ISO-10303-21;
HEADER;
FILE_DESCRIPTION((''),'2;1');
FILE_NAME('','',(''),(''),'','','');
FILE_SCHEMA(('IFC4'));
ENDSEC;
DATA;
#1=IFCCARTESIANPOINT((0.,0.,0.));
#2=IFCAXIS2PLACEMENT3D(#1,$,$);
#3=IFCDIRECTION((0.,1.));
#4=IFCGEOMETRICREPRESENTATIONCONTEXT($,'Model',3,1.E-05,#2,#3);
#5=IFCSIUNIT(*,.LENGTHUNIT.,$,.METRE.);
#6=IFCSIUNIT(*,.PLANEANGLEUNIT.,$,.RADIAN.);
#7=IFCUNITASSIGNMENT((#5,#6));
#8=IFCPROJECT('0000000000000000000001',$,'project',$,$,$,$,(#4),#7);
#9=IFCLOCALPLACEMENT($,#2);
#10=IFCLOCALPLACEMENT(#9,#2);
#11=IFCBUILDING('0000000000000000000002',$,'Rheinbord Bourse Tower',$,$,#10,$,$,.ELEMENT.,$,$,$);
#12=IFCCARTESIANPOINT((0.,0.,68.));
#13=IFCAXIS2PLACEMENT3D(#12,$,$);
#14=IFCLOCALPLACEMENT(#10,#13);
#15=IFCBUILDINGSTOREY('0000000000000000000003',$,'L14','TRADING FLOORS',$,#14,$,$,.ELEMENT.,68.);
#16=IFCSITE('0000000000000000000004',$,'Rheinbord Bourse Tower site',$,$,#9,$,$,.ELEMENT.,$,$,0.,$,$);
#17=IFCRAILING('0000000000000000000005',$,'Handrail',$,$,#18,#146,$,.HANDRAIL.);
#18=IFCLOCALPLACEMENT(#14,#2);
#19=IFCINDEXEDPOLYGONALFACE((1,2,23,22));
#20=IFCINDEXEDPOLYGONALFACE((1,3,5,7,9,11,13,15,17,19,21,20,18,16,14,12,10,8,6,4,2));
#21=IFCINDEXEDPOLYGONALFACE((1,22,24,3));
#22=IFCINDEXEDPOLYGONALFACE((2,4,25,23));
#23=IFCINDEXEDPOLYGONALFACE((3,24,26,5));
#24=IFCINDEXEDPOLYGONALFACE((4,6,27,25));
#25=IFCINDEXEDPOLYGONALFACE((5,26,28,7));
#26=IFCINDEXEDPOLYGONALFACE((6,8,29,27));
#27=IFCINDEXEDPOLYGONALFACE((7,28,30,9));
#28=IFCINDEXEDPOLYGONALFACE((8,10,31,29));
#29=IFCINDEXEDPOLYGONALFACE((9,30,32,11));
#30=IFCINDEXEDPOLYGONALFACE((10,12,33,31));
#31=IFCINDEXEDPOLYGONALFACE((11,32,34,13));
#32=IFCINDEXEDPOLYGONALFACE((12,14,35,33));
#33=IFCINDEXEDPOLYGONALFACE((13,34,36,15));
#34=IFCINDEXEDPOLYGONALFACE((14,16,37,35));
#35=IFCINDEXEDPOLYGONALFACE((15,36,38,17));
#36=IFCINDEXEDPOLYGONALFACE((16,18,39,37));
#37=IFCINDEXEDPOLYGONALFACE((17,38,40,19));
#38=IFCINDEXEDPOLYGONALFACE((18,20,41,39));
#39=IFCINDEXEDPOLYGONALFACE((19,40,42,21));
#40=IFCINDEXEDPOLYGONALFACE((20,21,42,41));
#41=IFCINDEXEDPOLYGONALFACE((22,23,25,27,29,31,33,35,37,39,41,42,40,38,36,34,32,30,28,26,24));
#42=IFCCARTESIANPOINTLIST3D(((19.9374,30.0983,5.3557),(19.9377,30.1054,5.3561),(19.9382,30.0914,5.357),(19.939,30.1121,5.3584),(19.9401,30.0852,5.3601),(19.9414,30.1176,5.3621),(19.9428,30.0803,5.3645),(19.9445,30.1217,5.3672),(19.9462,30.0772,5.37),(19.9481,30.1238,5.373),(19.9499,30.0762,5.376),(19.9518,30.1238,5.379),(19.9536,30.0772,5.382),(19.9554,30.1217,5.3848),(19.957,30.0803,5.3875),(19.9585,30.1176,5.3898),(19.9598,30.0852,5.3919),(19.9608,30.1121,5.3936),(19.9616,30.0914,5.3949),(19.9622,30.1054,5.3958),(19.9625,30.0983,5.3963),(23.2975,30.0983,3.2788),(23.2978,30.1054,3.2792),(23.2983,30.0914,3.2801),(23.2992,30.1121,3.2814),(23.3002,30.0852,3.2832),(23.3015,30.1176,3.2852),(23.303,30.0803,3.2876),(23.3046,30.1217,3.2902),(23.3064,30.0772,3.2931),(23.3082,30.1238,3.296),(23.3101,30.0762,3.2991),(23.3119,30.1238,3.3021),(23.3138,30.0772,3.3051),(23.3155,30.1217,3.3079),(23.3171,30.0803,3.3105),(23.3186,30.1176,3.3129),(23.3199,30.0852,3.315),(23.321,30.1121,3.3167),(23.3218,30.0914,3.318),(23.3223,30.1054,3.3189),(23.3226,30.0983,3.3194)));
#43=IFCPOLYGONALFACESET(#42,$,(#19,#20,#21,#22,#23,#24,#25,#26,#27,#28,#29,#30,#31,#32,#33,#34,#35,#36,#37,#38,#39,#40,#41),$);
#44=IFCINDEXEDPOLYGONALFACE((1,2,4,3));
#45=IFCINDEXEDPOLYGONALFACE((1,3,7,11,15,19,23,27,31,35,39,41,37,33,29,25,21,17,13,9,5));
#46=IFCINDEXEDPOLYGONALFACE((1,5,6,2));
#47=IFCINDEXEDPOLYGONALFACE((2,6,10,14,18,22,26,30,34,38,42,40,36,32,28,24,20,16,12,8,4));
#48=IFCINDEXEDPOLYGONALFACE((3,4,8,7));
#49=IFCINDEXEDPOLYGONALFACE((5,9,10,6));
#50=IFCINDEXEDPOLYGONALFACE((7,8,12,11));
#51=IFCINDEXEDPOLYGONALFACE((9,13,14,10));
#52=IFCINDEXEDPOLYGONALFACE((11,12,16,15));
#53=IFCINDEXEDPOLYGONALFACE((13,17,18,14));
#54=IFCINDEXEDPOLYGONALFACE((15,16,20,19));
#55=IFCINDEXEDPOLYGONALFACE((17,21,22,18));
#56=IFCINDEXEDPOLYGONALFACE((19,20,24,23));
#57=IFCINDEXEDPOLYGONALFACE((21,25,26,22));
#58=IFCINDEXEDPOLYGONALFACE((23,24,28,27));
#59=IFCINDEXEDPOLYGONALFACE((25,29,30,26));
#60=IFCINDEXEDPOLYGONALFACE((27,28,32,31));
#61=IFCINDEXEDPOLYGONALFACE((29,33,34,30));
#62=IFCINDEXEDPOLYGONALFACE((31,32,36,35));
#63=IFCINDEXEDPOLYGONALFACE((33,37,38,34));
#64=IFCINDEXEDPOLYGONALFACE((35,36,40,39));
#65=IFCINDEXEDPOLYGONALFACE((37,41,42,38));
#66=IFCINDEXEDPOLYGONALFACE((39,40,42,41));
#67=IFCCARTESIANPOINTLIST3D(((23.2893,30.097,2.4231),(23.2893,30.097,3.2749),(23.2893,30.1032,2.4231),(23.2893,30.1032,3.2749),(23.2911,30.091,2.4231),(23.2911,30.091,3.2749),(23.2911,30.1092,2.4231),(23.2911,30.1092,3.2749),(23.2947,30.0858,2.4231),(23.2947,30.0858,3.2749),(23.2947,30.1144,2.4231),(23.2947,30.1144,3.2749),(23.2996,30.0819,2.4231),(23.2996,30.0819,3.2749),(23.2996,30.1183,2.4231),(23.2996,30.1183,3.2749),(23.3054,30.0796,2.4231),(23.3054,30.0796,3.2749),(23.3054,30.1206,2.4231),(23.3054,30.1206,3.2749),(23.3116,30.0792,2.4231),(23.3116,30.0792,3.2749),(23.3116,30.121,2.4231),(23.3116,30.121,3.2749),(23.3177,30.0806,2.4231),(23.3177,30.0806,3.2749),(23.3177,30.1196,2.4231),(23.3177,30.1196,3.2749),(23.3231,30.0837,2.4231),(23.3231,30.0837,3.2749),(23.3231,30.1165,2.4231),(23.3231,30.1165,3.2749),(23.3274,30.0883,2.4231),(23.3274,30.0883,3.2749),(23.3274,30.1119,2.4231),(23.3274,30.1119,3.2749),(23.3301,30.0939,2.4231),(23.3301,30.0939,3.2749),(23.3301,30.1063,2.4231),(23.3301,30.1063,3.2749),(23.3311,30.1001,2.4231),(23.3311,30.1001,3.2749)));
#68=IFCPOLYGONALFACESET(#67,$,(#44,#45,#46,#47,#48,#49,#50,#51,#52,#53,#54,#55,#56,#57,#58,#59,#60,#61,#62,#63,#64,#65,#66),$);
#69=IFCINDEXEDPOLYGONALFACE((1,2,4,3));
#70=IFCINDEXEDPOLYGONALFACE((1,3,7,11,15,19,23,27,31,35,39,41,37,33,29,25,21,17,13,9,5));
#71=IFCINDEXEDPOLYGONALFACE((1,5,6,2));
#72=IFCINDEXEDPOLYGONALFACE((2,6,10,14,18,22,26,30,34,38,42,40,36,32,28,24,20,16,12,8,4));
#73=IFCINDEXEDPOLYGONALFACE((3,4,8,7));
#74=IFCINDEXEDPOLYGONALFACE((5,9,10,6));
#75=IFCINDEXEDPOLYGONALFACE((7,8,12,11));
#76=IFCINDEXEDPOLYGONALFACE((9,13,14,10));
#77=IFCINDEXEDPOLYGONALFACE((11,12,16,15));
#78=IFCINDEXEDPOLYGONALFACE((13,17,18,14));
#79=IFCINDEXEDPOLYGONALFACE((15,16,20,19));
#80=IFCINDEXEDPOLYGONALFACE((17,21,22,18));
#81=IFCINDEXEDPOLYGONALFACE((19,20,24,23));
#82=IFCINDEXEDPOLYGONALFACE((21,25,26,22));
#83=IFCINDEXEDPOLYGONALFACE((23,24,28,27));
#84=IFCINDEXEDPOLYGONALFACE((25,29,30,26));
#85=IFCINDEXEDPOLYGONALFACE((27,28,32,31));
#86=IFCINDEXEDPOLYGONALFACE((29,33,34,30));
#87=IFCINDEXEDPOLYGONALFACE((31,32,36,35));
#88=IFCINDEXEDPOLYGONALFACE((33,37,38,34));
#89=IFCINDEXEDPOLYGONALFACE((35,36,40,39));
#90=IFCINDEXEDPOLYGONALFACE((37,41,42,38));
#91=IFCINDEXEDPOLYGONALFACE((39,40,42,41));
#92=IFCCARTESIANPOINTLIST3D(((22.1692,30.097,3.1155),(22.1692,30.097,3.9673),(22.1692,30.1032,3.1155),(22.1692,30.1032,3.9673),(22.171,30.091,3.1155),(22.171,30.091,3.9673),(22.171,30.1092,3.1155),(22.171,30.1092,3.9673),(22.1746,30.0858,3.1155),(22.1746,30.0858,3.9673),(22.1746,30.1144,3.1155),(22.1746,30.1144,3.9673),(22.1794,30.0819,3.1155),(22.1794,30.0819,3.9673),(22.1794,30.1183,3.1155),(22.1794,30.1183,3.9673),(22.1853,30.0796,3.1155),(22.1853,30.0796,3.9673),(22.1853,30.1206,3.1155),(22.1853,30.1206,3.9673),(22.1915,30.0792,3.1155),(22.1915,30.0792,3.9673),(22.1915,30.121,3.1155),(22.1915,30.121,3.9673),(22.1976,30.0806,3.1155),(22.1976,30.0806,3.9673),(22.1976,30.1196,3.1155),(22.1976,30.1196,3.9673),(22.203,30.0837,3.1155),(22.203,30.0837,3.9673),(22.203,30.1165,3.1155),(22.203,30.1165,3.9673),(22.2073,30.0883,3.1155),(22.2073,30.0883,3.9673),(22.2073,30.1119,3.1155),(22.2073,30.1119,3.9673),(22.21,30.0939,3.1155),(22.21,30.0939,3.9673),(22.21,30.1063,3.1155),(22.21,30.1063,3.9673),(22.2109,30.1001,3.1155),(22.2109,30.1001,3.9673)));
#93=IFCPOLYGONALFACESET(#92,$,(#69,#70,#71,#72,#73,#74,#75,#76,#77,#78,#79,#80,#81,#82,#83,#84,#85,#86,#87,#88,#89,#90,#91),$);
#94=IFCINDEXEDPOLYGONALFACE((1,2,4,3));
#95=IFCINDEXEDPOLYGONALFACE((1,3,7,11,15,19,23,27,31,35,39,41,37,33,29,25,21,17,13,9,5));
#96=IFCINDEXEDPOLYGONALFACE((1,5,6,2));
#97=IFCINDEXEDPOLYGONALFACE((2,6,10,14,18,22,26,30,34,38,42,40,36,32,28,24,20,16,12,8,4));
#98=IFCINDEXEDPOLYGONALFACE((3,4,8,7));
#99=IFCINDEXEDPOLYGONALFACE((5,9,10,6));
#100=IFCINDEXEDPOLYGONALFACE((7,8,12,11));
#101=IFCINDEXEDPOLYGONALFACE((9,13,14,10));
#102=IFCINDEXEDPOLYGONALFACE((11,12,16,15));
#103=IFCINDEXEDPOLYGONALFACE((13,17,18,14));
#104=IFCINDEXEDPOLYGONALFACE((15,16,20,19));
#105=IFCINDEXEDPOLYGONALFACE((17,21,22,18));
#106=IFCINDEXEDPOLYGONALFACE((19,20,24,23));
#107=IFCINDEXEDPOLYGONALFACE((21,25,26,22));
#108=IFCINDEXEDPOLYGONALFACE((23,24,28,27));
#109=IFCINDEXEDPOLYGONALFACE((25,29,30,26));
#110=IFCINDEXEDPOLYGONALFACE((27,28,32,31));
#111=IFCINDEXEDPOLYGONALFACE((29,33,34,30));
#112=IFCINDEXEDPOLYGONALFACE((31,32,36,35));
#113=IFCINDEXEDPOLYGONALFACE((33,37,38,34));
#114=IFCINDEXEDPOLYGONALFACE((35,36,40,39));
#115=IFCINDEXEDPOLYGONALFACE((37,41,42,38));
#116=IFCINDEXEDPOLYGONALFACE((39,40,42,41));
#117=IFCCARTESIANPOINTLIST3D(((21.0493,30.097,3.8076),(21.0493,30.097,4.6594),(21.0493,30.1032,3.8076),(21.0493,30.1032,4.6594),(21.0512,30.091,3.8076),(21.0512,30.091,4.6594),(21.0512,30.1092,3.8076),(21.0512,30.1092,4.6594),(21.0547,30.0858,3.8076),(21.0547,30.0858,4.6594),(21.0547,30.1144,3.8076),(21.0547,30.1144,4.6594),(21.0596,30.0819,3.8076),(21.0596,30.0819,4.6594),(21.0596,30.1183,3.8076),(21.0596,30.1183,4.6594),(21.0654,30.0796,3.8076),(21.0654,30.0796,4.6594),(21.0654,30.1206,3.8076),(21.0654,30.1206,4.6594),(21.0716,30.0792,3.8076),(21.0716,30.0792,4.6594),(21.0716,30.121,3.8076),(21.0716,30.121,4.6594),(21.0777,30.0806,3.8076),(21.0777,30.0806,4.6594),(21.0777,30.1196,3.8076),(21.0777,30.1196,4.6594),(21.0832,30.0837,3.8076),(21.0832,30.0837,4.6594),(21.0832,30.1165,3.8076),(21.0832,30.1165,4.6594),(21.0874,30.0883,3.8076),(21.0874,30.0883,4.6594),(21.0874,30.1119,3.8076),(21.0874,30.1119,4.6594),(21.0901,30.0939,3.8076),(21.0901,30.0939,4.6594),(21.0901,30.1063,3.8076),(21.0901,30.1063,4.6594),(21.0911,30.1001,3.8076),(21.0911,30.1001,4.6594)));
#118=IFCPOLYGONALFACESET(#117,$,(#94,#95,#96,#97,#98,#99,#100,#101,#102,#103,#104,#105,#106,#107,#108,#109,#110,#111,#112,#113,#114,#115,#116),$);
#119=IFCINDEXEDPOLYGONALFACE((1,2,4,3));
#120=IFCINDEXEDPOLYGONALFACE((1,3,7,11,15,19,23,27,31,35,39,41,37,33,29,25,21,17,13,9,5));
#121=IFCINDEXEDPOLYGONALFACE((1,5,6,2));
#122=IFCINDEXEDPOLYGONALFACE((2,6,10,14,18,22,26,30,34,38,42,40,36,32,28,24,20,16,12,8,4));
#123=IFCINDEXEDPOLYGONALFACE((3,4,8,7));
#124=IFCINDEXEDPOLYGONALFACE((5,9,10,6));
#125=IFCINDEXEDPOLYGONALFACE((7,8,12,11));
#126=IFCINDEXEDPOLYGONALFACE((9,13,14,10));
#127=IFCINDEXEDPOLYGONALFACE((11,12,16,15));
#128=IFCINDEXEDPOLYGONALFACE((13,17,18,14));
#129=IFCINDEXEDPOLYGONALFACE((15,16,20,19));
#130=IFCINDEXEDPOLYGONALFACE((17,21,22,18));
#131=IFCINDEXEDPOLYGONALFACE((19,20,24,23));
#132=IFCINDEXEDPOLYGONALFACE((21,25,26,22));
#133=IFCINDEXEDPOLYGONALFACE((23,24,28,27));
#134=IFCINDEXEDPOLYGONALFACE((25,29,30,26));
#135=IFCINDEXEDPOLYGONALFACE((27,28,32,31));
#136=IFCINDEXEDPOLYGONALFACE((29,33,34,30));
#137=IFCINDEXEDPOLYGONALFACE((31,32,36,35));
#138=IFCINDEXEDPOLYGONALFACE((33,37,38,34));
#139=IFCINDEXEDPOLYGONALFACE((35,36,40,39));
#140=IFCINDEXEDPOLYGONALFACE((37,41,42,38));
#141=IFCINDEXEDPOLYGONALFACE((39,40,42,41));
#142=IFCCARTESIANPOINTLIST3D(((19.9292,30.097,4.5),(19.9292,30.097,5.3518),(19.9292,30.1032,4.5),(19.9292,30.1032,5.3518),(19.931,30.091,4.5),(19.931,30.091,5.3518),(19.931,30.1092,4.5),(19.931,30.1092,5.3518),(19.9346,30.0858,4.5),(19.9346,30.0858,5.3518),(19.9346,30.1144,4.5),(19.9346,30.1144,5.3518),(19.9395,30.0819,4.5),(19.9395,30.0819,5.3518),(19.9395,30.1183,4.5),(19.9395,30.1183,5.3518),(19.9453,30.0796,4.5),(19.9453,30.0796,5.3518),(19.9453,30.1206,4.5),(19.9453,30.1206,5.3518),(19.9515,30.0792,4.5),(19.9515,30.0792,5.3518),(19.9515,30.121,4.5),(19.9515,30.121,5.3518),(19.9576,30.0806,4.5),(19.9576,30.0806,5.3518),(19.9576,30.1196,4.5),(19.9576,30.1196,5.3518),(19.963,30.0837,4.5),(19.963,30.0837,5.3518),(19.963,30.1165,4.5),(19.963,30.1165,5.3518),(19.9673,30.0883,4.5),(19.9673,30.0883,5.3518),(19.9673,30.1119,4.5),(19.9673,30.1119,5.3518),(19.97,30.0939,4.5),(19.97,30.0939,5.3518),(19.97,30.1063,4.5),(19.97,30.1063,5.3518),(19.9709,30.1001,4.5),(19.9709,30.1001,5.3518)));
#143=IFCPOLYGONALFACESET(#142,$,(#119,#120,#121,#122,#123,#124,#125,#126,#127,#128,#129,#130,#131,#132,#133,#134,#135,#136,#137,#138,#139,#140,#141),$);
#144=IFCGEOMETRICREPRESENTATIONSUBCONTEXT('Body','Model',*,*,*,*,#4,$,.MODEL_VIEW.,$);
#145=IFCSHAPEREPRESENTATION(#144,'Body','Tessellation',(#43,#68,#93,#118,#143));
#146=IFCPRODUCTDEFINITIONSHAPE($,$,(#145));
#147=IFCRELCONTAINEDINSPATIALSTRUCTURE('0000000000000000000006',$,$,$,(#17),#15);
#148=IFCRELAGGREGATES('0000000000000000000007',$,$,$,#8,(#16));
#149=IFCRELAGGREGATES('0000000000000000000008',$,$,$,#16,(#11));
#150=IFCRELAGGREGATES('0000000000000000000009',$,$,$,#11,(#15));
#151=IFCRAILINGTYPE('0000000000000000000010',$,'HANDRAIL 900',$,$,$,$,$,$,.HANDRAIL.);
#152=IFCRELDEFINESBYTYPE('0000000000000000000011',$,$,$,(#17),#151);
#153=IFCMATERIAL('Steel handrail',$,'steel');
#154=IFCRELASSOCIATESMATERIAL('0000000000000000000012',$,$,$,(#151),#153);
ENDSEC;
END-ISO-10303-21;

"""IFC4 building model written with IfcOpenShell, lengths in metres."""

from ifc_helpers import new_model, si_unit, direction, frame, origin, origin_2d, place, context, subcontext, project, spatial, circle, extrude, material, type_object, element, save


model = new_model("IFC4")

# Units and contexts
model_context = context("Model", 3, precision=1e-05, world=origin(), true_north=direction((0.0, 1.0)))
body_context = subcontext(model_context, "Body", "Model", "MODEL_VIEW")
ifc_project = project(units=[si_unit("LENGTHUNIT", "METRE"), si_unit("PLANEANGLEUNIT", "RADIAN")], contexts=[model_context])

# Site, building, storey
site_placement = place(None, origin())
site = spatial("IfcSite", under=ifc_project, at=site_placement, Name="Rheinbord Bourse Tower site", CompositionType="ELEMENT", RefElevation=0.0)
building_placement = place(site_placement, origin())
building = spatial("IfcBuilding", under=site, at=building_placement, Name="Rheinbord Bourse Tower", CompositionType="ELEMENT")
storey_placement = place(building_placement, frame((0.0, 0.0, 68.0)))
storey = spatial("IfcBuildingStorey", under=building, at=storey_placement, Name="L14", Description="TRADING FLOORS", CompositionType="ELEMENT", Elevation=68.0)

# Railing
ifc_material_1 = material(Name="Steel handrail", Category="steel")
railing_type = type_object("IfcRailingType", Name="HANDRAIL 900", PredefinedType="HANDRAIL", material=ifc_material_1)
railing_1_placement = place(storey_placement, frame((23.3101, 30.1001, 2.4231)))
element("IfcRailing", 1, at=railing_1_placement, inside=storey, type_object=railing_type, Name="Handrail", PredefinedType="HANDRAIL", context=body_context, shape_type="SweptSolid", body=[
    extrude(circle(Radius=0.0239, at=origin_2d()), frame((0.0, 0.0, 0.876), z_axis=(-0.850623, 0.0, 0.525776), x_axis=(0.0, -1.0, 0.0)), (0.0, 0.0, 1.0), 3.9502),
    extrude(circle(Radius=0.021, at=origin_2d()), origin(), (0.0, 0.0, 1.0), 0.8518),
    extrude(circle(Radius=0.021, at=origin_2d()), frame((-1.1201, 0.0, 0.6924)), (0.0, 0.0, 1.0), 0.8518),
    extrude(circle(Radius=0.021, at=origin_2d()), frame((-2.24, 0.0, 1.3845)), (0.0, 0.0, 1.0), 0.8518),
    extrude(circle(Radius=0.021, at=origin_2d()), frame((-3.3601, 0.0, 2.0769)), (0.0, 0.0, 1.0), 0.8518),
])

save(model, "model.ifc")
